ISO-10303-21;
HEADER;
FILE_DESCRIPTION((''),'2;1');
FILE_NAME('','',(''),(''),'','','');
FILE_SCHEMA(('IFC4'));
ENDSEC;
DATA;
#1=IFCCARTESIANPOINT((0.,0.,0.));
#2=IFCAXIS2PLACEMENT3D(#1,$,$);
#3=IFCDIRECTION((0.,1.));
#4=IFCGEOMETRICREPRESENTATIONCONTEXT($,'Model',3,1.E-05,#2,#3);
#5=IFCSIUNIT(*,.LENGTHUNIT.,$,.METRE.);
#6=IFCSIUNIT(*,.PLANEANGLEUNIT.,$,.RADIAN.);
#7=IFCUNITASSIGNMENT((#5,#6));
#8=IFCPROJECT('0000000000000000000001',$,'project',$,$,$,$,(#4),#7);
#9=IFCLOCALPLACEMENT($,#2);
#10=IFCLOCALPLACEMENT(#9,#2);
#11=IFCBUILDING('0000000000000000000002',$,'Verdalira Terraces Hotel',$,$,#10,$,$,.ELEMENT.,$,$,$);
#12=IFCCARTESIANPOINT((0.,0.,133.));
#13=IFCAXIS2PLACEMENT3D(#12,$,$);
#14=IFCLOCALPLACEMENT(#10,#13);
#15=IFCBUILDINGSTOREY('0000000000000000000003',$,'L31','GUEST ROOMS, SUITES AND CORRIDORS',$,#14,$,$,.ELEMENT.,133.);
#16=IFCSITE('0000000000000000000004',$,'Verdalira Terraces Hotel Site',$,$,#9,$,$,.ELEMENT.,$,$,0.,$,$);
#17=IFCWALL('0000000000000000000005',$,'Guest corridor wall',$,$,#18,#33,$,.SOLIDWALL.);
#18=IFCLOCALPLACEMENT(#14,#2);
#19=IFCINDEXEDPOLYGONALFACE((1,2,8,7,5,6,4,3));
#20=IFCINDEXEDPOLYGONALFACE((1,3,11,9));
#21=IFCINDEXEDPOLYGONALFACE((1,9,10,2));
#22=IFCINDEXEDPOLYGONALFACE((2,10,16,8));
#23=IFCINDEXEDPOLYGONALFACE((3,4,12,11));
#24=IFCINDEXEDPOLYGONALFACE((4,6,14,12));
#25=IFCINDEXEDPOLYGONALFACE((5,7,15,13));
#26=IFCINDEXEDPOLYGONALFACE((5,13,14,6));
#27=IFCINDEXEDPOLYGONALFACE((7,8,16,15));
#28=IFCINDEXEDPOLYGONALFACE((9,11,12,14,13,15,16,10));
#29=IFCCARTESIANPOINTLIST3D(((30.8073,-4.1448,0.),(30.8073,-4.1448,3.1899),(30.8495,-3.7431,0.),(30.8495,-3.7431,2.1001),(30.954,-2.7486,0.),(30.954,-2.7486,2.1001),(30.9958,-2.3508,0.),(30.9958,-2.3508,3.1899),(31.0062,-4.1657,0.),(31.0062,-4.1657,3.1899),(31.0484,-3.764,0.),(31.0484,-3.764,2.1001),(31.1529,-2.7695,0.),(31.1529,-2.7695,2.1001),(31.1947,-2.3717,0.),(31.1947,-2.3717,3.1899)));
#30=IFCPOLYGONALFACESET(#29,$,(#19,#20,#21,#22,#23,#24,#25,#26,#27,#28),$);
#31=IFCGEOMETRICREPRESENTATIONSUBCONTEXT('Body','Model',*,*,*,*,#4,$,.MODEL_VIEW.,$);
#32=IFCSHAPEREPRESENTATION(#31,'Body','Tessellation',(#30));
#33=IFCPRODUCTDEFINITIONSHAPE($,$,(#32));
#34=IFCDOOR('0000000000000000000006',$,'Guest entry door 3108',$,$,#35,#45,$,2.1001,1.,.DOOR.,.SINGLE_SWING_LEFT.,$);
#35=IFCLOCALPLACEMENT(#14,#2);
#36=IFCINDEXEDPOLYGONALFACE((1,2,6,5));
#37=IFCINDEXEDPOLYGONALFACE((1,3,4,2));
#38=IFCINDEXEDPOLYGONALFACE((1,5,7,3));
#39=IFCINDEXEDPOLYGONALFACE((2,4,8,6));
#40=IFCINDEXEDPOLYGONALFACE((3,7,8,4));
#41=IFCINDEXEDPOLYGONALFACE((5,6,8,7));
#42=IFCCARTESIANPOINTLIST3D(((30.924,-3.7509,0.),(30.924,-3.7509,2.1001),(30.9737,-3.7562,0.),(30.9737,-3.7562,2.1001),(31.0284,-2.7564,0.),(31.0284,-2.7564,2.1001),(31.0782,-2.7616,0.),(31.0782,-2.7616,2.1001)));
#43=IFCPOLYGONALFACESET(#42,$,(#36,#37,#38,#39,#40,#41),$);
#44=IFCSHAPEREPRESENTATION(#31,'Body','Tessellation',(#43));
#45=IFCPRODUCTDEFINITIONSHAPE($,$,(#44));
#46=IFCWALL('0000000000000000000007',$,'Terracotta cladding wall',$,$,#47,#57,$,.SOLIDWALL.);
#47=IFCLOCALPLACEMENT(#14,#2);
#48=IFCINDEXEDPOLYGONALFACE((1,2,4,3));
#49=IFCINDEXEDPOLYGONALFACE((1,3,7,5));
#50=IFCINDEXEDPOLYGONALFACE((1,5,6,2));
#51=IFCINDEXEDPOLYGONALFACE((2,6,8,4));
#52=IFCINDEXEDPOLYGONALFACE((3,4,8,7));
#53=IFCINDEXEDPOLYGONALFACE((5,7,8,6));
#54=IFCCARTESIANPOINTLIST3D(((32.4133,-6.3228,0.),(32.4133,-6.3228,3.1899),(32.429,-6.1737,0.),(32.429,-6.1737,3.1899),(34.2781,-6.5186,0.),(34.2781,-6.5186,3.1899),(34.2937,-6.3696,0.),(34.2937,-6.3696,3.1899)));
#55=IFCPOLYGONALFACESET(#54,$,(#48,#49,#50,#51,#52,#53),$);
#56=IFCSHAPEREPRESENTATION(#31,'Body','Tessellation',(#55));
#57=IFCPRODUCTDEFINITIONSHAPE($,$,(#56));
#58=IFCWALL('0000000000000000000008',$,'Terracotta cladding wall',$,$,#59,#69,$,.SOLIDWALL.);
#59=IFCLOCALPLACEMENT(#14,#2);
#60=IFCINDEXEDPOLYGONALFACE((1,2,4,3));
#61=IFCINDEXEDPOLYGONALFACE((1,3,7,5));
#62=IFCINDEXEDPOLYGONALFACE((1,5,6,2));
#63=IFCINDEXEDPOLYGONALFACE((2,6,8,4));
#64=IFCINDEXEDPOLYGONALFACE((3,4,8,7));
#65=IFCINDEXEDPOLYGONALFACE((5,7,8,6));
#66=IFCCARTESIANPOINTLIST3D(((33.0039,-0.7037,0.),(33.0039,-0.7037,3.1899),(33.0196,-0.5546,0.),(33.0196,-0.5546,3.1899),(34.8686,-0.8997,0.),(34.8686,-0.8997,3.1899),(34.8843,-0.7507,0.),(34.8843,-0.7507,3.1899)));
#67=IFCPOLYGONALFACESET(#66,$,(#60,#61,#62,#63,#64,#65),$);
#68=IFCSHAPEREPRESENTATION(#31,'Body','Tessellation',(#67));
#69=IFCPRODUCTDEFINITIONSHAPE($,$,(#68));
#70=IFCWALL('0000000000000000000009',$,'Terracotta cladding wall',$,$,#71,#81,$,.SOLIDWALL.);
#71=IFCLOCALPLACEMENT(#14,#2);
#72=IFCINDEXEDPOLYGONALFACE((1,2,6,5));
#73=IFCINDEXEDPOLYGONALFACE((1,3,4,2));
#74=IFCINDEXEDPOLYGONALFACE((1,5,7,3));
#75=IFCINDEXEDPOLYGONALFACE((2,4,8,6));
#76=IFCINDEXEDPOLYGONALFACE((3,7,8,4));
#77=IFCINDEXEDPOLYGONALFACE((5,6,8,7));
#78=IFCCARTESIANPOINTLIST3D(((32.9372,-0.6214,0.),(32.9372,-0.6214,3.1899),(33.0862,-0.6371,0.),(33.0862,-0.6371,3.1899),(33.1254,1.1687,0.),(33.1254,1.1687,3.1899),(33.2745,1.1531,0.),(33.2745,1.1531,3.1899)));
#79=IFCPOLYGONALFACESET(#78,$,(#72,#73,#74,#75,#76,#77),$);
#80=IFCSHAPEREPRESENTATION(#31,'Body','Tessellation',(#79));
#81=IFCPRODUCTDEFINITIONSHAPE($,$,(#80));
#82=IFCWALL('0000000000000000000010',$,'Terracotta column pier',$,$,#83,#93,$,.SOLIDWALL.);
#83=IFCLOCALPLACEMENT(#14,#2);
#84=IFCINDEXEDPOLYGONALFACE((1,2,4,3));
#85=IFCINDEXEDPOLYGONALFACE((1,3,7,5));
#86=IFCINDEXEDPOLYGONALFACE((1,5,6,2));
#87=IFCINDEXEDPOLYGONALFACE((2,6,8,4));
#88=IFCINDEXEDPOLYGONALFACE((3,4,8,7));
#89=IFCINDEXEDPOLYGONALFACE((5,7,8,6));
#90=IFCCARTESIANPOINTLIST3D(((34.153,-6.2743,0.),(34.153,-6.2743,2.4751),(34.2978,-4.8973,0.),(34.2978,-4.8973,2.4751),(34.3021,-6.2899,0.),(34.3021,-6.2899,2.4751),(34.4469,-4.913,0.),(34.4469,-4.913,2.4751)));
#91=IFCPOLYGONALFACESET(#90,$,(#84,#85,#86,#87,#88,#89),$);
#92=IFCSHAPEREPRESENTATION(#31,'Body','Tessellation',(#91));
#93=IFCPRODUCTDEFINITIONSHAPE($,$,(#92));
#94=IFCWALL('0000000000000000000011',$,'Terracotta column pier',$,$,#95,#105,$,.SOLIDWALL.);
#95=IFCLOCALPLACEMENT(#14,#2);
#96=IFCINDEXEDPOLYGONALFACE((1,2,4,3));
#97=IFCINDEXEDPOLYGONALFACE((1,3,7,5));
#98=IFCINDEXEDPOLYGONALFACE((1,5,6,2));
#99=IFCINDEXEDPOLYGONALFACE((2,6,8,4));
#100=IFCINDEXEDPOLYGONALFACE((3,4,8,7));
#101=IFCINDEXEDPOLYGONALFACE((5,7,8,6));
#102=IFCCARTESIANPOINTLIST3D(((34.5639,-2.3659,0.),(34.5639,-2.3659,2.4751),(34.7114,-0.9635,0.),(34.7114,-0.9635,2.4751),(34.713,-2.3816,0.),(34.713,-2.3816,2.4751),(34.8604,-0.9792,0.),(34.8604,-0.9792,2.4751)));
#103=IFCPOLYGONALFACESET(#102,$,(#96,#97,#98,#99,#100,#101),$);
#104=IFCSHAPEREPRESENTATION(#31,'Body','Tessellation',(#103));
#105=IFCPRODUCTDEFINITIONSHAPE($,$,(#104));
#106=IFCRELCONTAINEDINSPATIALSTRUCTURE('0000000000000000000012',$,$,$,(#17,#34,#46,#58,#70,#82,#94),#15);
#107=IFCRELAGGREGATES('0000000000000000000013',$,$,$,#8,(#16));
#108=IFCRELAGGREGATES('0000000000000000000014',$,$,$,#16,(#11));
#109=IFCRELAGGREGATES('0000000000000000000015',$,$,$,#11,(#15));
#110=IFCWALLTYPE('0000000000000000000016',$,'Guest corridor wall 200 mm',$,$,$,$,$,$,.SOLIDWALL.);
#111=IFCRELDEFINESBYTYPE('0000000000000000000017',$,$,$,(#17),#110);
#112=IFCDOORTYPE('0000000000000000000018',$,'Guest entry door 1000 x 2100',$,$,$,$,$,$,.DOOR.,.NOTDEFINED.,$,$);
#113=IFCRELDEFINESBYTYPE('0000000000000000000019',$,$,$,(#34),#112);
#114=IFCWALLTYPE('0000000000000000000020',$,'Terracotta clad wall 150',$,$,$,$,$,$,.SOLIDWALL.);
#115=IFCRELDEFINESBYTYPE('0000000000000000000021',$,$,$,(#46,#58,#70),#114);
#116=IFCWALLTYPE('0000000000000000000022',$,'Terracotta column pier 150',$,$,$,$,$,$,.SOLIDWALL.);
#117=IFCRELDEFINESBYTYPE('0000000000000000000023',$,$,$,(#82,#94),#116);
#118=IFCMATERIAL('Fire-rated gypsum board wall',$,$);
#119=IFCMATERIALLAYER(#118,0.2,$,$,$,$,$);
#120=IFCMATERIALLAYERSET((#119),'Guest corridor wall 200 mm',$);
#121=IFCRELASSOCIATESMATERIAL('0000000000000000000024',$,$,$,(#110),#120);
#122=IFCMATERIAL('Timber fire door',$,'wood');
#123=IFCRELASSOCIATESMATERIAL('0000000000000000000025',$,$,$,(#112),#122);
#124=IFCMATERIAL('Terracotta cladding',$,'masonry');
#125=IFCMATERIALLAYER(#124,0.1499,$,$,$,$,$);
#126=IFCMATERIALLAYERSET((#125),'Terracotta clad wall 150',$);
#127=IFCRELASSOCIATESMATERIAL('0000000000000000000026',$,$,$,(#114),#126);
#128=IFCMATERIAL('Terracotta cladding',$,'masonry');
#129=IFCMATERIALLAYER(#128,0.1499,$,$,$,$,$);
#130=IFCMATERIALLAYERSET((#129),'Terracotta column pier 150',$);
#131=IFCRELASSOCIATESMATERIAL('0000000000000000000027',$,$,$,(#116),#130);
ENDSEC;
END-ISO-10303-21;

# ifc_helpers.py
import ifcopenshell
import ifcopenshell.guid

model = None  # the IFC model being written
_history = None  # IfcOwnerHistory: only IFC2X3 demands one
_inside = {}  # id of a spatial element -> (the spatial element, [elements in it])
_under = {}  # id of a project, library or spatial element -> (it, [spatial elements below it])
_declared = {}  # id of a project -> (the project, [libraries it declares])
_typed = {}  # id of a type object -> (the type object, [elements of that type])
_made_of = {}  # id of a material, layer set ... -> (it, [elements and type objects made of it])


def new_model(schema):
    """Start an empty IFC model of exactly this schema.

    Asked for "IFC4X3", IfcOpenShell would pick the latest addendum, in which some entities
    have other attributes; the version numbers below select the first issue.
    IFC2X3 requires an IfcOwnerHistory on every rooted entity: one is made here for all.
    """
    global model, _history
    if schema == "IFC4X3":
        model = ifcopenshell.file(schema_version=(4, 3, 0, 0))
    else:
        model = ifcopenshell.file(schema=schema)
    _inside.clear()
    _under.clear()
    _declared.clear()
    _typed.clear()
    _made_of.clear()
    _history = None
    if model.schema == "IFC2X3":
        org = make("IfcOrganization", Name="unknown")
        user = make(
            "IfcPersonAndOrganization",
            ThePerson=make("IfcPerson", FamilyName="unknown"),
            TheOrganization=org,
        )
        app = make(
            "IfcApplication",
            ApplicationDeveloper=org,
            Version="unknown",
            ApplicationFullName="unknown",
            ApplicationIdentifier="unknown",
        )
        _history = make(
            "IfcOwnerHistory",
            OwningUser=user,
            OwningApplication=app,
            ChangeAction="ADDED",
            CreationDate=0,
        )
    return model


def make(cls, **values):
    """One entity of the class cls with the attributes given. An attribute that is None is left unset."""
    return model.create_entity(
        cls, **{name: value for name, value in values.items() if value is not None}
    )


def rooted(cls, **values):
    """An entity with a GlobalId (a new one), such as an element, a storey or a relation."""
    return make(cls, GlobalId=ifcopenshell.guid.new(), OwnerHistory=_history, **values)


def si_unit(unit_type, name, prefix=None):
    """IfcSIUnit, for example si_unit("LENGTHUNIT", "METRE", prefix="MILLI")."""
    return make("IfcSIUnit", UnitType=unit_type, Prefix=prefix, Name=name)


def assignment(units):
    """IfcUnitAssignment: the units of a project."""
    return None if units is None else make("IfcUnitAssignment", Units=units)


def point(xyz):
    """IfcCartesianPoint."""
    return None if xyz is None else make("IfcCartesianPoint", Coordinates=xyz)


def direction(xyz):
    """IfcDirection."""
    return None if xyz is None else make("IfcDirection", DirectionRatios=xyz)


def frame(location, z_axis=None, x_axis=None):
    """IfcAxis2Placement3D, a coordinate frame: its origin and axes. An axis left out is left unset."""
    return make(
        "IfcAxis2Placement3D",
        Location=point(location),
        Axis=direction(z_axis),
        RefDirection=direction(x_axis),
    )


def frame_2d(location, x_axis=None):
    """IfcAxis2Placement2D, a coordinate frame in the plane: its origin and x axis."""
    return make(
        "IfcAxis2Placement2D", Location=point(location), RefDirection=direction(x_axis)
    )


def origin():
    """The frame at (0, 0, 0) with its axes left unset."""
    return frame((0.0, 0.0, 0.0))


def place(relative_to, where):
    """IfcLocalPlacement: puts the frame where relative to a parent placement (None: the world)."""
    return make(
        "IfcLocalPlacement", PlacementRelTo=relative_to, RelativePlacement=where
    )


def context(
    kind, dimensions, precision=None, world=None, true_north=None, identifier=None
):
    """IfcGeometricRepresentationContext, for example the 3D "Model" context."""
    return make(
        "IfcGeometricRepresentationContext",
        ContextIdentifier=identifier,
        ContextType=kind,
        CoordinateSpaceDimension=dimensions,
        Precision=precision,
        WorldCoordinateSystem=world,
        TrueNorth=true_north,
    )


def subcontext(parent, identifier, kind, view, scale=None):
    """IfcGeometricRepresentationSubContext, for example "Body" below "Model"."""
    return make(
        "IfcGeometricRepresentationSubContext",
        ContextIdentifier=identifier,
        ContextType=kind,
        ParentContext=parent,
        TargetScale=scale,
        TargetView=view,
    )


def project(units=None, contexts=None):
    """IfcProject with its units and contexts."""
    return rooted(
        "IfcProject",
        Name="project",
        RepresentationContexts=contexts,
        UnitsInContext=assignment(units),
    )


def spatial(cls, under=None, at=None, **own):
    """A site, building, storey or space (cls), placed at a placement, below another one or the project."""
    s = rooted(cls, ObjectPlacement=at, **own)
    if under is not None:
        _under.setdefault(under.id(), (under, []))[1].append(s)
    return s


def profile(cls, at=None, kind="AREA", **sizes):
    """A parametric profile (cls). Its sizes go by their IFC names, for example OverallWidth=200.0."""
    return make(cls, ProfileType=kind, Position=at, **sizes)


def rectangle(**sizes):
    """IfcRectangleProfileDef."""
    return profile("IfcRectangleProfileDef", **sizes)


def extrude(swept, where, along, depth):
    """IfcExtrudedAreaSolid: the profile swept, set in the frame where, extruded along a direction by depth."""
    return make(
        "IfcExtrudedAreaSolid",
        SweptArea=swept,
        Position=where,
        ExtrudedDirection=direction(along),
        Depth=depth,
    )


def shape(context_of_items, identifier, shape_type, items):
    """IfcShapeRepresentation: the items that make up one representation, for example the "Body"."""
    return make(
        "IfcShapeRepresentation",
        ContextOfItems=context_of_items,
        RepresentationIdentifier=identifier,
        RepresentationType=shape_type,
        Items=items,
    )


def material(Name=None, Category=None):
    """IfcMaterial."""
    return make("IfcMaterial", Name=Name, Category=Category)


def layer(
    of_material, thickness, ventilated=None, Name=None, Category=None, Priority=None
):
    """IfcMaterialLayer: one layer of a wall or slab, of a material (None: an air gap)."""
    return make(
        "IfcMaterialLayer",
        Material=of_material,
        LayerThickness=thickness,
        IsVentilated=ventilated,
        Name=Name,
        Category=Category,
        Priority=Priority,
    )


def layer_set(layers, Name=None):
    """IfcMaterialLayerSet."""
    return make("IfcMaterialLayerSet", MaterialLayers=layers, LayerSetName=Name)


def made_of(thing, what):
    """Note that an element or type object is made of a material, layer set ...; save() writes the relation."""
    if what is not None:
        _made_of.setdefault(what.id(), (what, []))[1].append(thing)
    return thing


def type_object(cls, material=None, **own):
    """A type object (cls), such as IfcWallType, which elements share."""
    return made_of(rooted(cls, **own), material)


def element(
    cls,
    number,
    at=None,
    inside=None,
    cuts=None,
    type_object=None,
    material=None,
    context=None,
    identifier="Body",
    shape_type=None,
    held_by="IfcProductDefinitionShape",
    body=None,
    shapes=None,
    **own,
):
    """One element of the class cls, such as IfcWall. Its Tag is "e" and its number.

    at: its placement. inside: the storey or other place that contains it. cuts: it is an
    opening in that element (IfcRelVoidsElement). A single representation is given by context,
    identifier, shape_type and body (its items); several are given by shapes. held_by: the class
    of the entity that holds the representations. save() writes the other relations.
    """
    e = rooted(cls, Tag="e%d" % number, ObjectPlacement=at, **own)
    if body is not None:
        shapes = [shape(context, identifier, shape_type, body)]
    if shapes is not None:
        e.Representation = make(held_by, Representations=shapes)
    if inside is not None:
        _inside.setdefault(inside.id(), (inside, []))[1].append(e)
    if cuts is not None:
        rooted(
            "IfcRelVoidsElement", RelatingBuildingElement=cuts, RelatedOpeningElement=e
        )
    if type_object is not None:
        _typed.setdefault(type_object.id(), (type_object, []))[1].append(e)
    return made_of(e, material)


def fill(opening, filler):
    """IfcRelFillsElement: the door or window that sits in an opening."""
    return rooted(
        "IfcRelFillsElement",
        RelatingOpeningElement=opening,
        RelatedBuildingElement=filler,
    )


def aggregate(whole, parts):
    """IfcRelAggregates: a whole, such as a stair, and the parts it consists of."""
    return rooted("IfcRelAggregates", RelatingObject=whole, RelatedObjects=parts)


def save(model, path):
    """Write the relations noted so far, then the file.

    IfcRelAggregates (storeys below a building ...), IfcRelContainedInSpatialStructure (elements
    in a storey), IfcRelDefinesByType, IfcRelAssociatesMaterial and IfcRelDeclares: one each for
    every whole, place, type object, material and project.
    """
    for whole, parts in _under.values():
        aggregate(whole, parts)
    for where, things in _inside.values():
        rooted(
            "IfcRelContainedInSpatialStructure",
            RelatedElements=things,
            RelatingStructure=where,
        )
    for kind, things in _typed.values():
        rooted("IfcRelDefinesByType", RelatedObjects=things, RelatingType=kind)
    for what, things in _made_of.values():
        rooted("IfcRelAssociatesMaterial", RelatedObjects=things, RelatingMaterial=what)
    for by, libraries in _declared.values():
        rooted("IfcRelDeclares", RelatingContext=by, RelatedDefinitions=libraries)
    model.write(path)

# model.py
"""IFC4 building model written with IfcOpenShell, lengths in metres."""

from ifc_helpers import new_model, si_unit, direction, frame, frame_2d, origin, place, context, subcontext, project, spatial, rectangle, extrude, material, layer, layer_set, type_object, element, fill, save


model = new_model("IFC4")

# Units and contexts
model_context = context("Model", 3, precision=1e-05, world=origin(), true_north=direction((0.0, 1.0)))
body_context = subcontext(model_context, "Body", "Model", "MODEL_VIEW")
ifc_project = project(units=[si_unit("LENGTHUNIT", "METRE"), si_unit("PLANEANGLEUNIT", "RADIAN")], contexts=[model_context])

# Site, building, storey
site_placement = place(None, origin())
site = spatial("IfcSite", under=ifc_project, at=site_placement, Name="Verdalira Terraces Hotel Site", CompositionType="ELEMENT", RefElevation=0.0)
building_placement = place(site_placement, origin())
building = spatial("IfcBuilding", under=site, at=building_placement, Name="Verdalira Terraces Hotel", CompositionType="ELEMENT")
storey_placement = place(building_placement, frame((0.0, 0.0, 133.0)))
storey = spatial("IfcBuildingStorey", under=building, at=storey_placement, Name="L31", Description="GUEST ROOMS, SUITES AND CORRIDORS", CompositionType="ELEMENT", Elevation=133.0)

# Shared definitions
ifc_material_1 = material(Name="Fire-rated gypsum board wall")
ifc_layer_1 = layer(ifc_material_1, 0.2)
ifc_layer_set_1 = layer_set([ifc_layer_1], Name="Guest corridor wall 200 mm")
wall_type_1 = type_object("IfcWallType", Name="Guest corridor wall 200 mm", PredefinedType="SOLIDWALL", material=ifc_layer_set_1)

# Wall, opening, door
ifc_material_2 = material(Name="Timber fire door", Category="wood")
door_type_1 = type_object("IfcDoorType", Name="Guest entry door 1000 x 2100", OperationType="NOTDEFINED", PredefinedType="DOOR", material=ifc_material_2)
wall_1_placement = place(storey_placement, frame((31.0952, -2.3613, 0.0), z_axis=(0.0, 0.0, 1.0), x_axis=(-0.104473, -0.994528, 0.0)))
wall_1 = element("IfcWall", 1, at=wall_1_placement, inside=storey, type_object=wall_type_1, Name="Guest corridor wall", PredefinedType="SOLIDWALL", context=body_context, shape_type="SweptSolid", body=[
    extrude(rectangle(XDim=1.804, YDim=0.2, at=frame_2d((0.9019, 0.0))), origin(), (0.0, 0.0, 1.0), 3.1899),
])
opening_1_placement = place(wall_1_placement, frame((0.3999, 0.0, 0.0)))
opening_1 = element("IfcOpeningElement", 2, at=opening_1_placement, cuts=wall_1, PredefinedType="OPENING", context=body_context, shape_type="SweptSolid", body=[
    extrude(rectangle(XDim=1.0, YDim=2.1001, at=frame_2d((0.5, 1.05))), frame((0.0, 0.1099, 0.0), z_axis=(0.0, -1.0, 0.0), x_axis=(1.0, 0.0, 0.0)), (0.0, 0.0, 1.0), 0.22),
])
door_1_placement = place(opening_1_placement, origin())
door_1 = element("IfcDoor", 3, at=door_1_placement, inside=storey, type_object=door_type_1, Name="Guest entry door 3108", OperationType="SINGLE_SWING_LEFT", OverallHeight=2.1001, OverallWidth=1.0, PredefinedType="DOOR", context=body_context, shape_type="SweptSolid", body=[
    extrude(rectangle(XDim=1.0, YDim=2.1001, at=frame_2d((0.5, 1.05))), frame((0.0, 0.0249, 0.0), z_axis=(0.0, -1.0, 0.0), x_axis=(1.0, 0.0, 0.0)), (0.0, 0.0, 1.0), 0.05),
])
fill(opening_1, door_1)

# Walls
ifc_material_3 = material(Name="Terracotta cladding", Category="masonry")
ifc_layer_2 = layer(ifc_material_3, 0.1499)
ifc_layer_set_2 = layer_set([ifc_layer_2], Name="Terracotta clad wall 150")
wall_type_2 = type_object("IfcWallType", Name="Terracotta clad wall 150", PredefinedType="SOLIDWALL", material=ifc_layer_set_2)
for number, where, z_axis, x_axis, name in (
    (4, (32.4211, -6.2483, 0.0), (0.0, 0.0, 1.0), (0.994533, -0.104427, 0.0), "Terracotta cladding wall"),
    (5, (34.8765, -0.8252, 0.0), (0.0, 0.0, 1.0), (-0.994519, 0.104556, 0.0), "Terracotta cladding wall"),
):
    element("IfcWall", number, at=place(storey_placement, frame(where, z_axis=z_axis, x_axis=x_axis)), inside=storey, type_object=wall_type_2, Name=name, PredefinedType="SOLIDWALL", context=body_context, shape_type="SweptSolid", body=[
        extrude(rectangle(XDim=1.875, YDim=0.1499, at=frame_2d((0.9375, 0.0))), origin(), (0.0, 0.0, 1.0), 3.1899),
    ])
wall_2_placement = place(storey_placement, frame((33.0117, -0.6291, 0.0), z_axis=(0.0, 0.0, 1.0), x_axis=(0.104565, 0.994518, 0.0)))
element("IfcWall", 6, at=wall_2_placement, inside=storey, type_object=wall_type_2, Name="Terracotta cladding wall", PredefinedType="SOLIDWALL", context=body_context, shape_type="SweptSolid", body=[
    extrude(rectangle(XDim=1.8, YDim=0.1499, at=frame_2d((0.8999, 0.0))), origin(), (0.0, 0.0, 1.0), 3.1899),
])
ifc_material_4 = material(Name="Terracotta cladding", Category="masonry")
ifc_layer_3 = layer(ifc_material_4, 0.1499)
ifc_layer_set_3 = layer_set([ifc_layer_3], Name="Terracotta column pier 150")
wall_type_3 = type_object("IfcWallType", Name="Terracotta column pier 150", PredefinedType="SOLIDWALL", material=ifc_layer_set_3)
wall_3_placement = place(storey_placement, frame((34.2275, -6.2822, 0.0), z_axis=(0.0, 0.0, 1.0), x_axis=(0.104565, 0.994518, 0.0)))
element("IfcWall", 7, at=wall_3_placement, inside=storey, type_object=wall_type_3, Name="Terracotta column pier", PredefinedType="SOLIDWALL", context=body_context, shape_type="SweptSolid", body=[
    extrude(rectangle(XDim=1.3845, YDim=0.1499, at=frame_2d((0.6924, 0.0))), origin(), (0.0, 0.0, 1.0), 2.4751),
])
wall_4_placement = place(storey_placement, frame((34.6384, -2.3738, 0.0), z_axis=(0.0, 0.0, 1.0), x_axis=(0.104577, 0.994517, 0.0)))
element("IfcWall", 8, at=wall_4_placement, inside=storey, type_object=wall_type_3, Name="Terracotta column pier", PredefinedType="SOLIDWALL", context=body_context, shape_type="SweptSolid", body=[
    extrude(rectangle(XDim=1.4102, YDim=0.1499, at=frame_2d((0.7051, 0.0))), origin(), (0.0, 0.0, 1.0), 2.4751),
])

save(model, "model.ifc")
